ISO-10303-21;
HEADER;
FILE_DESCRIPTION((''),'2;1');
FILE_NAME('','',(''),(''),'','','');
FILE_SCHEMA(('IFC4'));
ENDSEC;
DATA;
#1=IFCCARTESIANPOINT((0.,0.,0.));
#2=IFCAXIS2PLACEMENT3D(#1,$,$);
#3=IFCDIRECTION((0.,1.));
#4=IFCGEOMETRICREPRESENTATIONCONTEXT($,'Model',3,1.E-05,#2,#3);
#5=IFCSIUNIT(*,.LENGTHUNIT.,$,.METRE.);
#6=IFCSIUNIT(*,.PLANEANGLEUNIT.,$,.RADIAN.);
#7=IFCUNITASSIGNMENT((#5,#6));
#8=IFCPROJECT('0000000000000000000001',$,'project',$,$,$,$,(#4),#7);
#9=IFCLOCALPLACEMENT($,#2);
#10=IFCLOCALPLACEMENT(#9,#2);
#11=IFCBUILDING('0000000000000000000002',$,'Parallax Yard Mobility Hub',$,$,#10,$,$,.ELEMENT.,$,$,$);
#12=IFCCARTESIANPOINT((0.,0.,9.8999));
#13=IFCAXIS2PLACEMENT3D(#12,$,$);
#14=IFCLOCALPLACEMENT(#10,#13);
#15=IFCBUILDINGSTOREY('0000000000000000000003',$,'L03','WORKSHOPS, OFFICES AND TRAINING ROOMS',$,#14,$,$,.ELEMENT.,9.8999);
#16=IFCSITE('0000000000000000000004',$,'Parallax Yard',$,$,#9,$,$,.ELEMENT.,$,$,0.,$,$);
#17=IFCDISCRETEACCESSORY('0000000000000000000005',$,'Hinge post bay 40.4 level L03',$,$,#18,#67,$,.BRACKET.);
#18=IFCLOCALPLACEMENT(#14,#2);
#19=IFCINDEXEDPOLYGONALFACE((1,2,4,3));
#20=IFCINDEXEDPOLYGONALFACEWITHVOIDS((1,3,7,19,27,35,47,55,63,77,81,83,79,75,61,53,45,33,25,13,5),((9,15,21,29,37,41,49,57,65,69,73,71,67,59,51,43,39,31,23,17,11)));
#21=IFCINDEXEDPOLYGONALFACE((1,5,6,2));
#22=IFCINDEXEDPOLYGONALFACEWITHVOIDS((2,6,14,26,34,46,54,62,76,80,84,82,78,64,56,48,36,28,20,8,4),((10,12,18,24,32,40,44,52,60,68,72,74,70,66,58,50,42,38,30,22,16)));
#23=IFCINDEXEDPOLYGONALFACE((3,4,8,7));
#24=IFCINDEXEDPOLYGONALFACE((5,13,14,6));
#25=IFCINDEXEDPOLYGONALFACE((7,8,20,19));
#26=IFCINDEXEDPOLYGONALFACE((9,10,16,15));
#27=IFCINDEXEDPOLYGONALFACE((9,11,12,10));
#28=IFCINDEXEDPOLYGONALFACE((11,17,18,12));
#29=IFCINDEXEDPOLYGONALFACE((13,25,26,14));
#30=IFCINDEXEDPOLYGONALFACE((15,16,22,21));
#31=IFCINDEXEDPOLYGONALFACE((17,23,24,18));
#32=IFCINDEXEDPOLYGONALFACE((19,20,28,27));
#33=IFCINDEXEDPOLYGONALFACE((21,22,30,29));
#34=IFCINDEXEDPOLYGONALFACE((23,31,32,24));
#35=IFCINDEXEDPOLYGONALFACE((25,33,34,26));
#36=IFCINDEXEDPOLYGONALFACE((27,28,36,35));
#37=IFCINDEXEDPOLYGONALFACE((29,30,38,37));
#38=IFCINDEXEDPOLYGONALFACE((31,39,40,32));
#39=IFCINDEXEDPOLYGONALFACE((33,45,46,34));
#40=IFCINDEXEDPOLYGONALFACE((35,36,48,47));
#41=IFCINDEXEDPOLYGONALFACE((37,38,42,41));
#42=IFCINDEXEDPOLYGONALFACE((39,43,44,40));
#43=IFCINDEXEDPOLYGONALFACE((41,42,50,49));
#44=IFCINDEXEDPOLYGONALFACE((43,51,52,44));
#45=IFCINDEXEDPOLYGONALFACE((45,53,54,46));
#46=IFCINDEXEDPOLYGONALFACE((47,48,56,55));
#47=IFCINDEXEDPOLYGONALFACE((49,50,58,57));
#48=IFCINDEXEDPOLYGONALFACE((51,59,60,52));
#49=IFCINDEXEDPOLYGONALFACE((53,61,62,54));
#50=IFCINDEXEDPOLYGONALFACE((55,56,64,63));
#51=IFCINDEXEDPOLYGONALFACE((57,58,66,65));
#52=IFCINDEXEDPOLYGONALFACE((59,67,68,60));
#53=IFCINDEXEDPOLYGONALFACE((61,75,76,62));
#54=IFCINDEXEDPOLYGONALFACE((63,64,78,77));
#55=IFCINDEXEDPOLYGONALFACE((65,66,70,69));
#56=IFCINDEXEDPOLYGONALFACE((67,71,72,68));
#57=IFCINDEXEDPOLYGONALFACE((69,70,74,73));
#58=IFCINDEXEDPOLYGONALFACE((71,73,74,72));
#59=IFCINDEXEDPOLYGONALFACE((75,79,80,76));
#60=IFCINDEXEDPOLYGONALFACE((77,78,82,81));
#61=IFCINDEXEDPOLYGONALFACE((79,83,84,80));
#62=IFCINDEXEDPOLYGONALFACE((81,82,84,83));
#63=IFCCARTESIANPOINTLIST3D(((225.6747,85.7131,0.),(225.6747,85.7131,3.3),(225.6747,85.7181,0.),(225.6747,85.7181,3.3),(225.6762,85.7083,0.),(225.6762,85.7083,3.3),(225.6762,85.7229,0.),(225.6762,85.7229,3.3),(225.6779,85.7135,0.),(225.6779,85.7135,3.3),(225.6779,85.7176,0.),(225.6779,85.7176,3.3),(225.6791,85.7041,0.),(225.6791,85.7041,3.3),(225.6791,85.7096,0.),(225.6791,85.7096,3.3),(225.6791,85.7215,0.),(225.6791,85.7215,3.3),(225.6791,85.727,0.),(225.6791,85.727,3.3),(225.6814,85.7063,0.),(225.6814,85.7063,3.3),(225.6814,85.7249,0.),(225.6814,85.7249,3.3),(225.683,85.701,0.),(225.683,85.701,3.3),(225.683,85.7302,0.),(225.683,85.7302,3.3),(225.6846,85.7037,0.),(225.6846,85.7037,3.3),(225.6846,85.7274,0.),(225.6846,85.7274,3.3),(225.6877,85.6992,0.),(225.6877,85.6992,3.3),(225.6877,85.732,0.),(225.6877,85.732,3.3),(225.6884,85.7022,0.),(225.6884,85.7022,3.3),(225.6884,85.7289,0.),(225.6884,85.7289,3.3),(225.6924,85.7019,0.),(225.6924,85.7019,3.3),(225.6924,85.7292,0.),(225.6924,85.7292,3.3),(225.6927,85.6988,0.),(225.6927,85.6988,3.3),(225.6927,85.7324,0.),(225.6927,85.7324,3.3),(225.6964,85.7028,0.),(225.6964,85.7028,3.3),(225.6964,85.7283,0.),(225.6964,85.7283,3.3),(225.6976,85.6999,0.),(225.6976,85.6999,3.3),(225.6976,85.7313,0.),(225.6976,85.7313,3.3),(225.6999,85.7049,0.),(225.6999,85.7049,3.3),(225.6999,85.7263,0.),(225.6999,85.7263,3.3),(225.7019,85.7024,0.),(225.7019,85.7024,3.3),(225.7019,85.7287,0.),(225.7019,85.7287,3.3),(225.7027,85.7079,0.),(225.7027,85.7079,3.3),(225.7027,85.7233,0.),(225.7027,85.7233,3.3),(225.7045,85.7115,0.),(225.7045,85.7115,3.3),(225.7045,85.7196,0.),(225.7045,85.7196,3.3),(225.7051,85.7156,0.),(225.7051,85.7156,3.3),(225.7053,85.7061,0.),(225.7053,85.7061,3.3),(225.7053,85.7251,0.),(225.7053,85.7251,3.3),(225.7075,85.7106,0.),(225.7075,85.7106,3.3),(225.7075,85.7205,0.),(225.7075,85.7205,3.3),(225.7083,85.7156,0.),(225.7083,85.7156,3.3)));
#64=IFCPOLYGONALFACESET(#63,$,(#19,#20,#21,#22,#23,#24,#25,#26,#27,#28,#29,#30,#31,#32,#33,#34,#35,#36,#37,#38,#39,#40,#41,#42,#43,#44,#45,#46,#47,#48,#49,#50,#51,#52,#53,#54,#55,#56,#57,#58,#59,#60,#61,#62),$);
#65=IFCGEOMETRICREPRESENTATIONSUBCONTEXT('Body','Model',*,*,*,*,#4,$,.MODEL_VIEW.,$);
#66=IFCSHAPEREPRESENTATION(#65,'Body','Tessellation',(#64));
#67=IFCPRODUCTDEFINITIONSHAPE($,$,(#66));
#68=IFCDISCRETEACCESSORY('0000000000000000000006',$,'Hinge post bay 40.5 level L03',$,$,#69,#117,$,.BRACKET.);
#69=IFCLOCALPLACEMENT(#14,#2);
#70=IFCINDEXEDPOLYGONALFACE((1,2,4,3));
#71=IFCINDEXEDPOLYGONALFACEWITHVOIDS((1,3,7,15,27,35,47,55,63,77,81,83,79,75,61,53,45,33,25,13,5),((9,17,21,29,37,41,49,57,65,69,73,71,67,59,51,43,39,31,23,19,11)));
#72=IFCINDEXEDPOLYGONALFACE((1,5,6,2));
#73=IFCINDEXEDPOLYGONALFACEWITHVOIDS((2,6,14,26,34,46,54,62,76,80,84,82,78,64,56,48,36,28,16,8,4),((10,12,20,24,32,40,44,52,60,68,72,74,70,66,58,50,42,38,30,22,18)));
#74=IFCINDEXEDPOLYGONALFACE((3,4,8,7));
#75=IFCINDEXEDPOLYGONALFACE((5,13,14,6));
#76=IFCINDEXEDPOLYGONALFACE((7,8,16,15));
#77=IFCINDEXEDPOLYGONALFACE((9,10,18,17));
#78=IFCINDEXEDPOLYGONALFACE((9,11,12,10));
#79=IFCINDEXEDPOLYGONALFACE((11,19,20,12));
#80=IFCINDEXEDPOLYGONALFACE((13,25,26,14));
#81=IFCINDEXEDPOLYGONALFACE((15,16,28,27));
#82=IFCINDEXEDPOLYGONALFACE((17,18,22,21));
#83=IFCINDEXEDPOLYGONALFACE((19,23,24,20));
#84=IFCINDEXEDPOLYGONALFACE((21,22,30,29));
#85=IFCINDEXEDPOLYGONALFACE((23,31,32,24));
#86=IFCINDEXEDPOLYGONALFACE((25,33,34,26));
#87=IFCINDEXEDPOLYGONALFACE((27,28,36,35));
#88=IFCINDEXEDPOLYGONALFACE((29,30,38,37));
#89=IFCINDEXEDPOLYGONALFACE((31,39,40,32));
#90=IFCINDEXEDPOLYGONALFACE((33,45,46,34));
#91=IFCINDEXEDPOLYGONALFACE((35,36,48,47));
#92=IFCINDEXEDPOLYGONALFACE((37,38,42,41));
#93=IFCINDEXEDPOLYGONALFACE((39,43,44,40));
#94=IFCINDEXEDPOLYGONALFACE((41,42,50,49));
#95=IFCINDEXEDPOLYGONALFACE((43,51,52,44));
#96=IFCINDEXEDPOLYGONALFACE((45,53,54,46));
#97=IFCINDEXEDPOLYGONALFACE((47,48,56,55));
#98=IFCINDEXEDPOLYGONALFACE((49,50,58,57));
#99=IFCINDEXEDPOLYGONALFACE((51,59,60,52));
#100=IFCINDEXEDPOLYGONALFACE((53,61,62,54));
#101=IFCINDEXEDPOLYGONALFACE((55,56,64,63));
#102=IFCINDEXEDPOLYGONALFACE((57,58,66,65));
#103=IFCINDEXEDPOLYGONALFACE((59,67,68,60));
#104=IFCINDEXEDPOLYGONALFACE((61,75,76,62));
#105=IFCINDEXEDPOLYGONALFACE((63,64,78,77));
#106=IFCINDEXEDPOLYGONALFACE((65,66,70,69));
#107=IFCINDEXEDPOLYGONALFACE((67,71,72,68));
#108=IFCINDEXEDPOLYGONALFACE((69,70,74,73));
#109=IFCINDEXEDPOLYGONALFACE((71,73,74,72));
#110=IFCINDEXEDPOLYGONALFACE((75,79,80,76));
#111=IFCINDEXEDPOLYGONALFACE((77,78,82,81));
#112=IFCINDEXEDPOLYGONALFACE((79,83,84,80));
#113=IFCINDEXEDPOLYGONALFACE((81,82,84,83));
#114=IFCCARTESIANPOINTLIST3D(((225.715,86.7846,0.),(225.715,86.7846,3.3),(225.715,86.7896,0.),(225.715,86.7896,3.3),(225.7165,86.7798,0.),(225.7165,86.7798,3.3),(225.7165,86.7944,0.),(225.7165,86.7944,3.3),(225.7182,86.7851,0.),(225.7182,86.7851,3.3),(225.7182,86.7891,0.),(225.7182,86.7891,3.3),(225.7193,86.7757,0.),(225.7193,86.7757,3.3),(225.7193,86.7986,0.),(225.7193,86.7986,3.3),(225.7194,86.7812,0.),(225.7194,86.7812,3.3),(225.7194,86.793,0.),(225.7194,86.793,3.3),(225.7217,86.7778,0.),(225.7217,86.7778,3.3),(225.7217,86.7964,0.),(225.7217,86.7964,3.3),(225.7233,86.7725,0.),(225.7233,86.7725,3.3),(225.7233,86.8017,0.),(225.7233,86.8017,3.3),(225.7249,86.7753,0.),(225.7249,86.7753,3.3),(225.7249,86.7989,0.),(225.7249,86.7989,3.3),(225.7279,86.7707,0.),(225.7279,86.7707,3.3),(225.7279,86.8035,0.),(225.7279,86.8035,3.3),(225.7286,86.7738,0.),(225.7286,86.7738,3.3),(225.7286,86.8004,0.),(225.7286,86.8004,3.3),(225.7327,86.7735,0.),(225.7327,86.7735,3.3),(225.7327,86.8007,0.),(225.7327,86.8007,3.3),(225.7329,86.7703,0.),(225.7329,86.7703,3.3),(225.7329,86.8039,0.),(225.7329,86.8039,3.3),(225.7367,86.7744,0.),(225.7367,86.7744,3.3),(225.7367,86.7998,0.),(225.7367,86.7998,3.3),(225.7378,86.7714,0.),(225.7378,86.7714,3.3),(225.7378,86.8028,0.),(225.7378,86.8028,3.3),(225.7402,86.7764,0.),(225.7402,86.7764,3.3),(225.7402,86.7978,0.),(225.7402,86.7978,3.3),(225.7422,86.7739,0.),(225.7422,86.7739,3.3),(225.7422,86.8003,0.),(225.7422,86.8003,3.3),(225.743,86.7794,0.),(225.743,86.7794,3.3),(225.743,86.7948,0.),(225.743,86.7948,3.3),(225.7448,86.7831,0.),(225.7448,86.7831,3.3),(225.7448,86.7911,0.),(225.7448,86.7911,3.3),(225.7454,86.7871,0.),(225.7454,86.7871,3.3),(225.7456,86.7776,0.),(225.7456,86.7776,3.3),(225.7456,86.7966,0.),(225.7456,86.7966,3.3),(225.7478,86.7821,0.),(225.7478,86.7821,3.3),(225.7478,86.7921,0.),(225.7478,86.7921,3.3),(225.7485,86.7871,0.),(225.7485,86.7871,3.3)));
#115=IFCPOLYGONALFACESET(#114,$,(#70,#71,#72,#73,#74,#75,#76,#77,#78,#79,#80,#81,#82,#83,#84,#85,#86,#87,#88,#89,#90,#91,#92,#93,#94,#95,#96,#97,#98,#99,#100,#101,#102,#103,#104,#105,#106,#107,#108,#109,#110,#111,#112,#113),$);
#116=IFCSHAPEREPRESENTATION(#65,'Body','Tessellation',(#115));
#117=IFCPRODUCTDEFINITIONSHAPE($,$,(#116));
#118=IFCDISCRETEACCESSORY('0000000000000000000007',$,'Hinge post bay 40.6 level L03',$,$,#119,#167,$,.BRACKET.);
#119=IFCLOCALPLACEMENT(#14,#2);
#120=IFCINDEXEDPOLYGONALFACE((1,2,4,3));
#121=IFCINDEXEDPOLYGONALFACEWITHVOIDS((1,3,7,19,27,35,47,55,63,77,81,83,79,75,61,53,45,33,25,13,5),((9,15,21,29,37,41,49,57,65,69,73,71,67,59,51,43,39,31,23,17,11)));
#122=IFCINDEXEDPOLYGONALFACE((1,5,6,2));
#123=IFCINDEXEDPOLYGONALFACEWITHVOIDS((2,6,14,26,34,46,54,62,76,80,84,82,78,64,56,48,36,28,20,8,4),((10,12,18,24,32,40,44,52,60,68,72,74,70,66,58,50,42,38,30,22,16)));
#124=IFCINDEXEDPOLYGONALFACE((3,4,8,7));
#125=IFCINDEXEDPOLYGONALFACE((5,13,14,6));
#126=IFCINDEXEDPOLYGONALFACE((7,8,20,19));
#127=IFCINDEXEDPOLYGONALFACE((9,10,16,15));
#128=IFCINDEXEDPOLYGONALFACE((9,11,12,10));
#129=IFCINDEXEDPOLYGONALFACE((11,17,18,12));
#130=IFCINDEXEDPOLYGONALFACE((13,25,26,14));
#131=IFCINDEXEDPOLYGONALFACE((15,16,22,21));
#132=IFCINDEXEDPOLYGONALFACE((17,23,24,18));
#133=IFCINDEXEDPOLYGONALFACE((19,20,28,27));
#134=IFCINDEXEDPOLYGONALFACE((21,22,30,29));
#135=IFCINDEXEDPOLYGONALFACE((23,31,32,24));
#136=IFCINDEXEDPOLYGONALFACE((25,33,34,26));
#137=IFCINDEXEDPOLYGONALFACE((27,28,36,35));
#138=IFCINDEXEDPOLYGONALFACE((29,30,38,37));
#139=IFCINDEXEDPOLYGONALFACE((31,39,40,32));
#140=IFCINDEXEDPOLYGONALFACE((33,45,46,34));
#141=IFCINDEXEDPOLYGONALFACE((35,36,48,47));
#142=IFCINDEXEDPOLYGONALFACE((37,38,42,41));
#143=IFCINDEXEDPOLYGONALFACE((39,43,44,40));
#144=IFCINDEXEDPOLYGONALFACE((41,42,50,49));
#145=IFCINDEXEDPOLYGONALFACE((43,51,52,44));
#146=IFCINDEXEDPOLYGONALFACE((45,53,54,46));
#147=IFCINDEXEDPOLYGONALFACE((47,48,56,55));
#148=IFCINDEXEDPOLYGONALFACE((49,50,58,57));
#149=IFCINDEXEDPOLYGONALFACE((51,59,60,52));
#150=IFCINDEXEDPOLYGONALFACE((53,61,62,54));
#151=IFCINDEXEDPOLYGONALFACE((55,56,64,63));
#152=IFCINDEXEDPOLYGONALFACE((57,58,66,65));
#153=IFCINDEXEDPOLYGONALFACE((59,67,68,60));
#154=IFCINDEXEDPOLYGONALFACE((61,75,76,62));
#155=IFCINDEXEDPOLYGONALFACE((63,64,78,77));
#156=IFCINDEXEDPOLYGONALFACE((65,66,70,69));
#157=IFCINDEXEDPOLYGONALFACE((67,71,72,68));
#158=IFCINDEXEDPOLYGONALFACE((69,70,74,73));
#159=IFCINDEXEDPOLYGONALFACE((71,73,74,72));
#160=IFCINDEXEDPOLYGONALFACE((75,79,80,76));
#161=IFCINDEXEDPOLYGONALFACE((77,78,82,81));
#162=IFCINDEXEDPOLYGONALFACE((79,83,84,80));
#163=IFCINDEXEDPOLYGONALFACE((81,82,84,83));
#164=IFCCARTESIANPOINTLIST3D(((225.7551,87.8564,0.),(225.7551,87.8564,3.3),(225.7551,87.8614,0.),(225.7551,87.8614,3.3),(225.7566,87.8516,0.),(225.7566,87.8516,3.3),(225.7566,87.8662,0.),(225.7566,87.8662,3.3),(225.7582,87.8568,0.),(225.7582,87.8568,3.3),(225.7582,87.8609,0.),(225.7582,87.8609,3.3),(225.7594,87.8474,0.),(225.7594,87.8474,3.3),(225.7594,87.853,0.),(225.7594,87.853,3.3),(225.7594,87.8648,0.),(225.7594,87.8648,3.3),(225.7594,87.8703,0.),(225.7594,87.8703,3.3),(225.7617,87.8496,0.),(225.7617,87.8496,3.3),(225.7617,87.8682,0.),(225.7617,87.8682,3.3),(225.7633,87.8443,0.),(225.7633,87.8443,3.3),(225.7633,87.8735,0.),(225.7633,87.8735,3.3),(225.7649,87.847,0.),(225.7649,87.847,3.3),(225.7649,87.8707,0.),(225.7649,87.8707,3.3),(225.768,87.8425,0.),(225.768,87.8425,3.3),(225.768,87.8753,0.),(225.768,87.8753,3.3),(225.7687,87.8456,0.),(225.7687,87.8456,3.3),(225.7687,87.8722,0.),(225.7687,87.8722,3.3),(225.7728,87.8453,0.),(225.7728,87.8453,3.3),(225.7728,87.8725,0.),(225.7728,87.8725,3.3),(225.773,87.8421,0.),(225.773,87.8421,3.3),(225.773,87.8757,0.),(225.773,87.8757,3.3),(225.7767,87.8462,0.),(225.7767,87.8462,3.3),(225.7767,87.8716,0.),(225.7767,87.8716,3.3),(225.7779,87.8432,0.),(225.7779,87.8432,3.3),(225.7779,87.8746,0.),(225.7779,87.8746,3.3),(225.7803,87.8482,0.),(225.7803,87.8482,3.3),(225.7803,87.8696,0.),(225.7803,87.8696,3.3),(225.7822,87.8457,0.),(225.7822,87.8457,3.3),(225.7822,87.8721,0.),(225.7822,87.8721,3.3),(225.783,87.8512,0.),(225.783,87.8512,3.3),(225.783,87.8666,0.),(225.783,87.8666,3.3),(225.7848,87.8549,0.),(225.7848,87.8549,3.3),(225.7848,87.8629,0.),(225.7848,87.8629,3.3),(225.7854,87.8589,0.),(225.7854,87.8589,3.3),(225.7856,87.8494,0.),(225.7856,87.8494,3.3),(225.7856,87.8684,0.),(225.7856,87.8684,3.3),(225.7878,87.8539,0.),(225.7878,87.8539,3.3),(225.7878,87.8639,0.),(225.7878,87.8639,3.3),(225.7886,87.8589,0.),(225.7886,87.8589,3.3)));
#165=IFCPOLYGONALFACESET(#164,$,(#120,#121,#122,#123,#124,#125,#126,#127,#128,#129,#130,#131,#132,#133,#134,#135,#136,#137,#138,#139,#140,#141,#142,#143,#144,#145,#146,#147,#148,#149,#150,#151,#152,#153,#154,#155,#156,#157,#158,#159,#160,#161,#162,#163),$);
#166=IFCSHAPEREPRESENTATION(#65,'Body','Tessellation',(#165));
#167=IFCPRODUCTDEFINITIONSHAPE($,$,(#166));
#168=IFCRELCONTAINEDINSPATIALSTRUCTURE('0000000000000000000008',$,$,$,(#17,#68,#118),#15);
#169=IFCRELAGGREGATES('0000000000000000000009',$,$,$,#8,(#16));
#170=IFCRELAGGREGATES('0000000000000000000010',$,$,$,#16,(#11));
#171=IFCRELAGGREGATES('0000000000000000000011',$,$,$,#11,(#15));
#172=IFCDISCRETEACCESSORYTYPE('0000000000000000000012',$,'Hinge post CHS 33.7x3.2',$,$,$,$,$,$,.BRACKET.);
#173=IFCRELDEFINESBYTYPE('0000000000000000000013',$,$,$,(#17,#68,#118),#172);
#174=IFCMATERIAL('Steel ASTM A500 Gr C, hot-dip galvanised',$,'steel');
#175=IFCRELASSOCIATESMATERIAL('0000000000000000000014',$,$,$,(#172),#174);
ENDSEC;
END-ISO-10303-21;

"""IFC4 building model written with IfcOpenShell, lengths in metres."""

from ifc_helpers import new_model, si_unit, direction, frame, origin, origin_2d, place, context, subcontext, project, spatial, hollow_circle, extrude, material, material_profile, profile_set, type_object, element, save


model = new_model("IFC4")

# Units and contexts
model_context = context("Model", 3, precision=1e-05, world=origin(), true_north=direction((0.0, 1.0)))
body_context = subcontext(model_context, "Body", "Model", "MODEL_VIEW")
ifc_project = project(units=[si_unit("LENGTHUNIT", "METRE"), si_unit("PLANEANGLEUNIT", "RADIAN")], contexts=[model_context])

# Site, building, storey
site_placement = place(None, origin())
site = spatial("IfcSite", under=ifc_project, at=site_placement, Name="Parallax Yard", CompositionType="ELEMENT", RefElevation=0.0)
building_placement = place(site_placement, origin())
building = spatial("IfcBuilding", under=site, at=building_placement, Name="Parallax Yard Mobility Hub", CompositionType="ELEMENT")
storey_placement = place(building_placement, frame((0.0, 0.0, 9.8999)))
storey = spatial("IfcBuildingStorey", under=building, at=storey_placement, Name="L03", Description="WORKSHOPS, OFFICES AND TRAINING ROOMS", CompositionType="ELEMENT", Elevation=9.8999)

# Discrete accessories
ifc_material_1 = material(Name="Steel ASTM A500 Gr C, hot-dip galvanised", Category="steel")
ifc_material_profile_1 = material_profile(ifc_material_1, hollow_circle(Radius=0.0168, WallThickness=0.0032, at=origin_2d()), Name="CHS 33.7x3.2")
ifc_profile_set_1 = profile_set([ifc_material_profile_1], Name="Steel ASTM A500 Gr C, hot-dip galvanised")
discrete_accessory_type_1 = type_object("IfcDiscreteAccessoryType", Name="Hinge post CHS 33.7x3.2", PredefinedType="BRACKET", material=ifc_profile_set_1)
for number, where, z_axis, x_axis, name in (
    (1, (225.6914, 85.7156, 0.0), (0.0, 0.0, 1.0), (1.0, 0.0, 0.0), "Hinge post bay 40.4 level L03"),
    (2, (225.7317, 86.7871, 0.0), (0.0, 0.0, 1.0), (1.0, 0.0, 0.0), "Hinge post bay 40.5 level L03"),
    (3, (225.7717, 87.8589, 0.0), (0.0, 0.0, 1.0), (1.0, 0.0, 0.0), "Hinge post bay 40.6 level L03"),
):
    element("IfcDiscreteAccessory", number, at=place(storey_placement, frame(where, z_axis=z_axis, x_axis=x_axis)), inside=storey, type_object=discrete_accessory_type_1, Name=name, PredefinedType="BRACKET", context=body_context, shape_type="SweptSolid", body=[
        extrude(hollow_circle(Radius=0.0168, WallThickness=0.0032, at=origin_2d()), origin(), (0.0, 0.0, 1.0), 3.3),
    ])

save(model, "model.ifc")
